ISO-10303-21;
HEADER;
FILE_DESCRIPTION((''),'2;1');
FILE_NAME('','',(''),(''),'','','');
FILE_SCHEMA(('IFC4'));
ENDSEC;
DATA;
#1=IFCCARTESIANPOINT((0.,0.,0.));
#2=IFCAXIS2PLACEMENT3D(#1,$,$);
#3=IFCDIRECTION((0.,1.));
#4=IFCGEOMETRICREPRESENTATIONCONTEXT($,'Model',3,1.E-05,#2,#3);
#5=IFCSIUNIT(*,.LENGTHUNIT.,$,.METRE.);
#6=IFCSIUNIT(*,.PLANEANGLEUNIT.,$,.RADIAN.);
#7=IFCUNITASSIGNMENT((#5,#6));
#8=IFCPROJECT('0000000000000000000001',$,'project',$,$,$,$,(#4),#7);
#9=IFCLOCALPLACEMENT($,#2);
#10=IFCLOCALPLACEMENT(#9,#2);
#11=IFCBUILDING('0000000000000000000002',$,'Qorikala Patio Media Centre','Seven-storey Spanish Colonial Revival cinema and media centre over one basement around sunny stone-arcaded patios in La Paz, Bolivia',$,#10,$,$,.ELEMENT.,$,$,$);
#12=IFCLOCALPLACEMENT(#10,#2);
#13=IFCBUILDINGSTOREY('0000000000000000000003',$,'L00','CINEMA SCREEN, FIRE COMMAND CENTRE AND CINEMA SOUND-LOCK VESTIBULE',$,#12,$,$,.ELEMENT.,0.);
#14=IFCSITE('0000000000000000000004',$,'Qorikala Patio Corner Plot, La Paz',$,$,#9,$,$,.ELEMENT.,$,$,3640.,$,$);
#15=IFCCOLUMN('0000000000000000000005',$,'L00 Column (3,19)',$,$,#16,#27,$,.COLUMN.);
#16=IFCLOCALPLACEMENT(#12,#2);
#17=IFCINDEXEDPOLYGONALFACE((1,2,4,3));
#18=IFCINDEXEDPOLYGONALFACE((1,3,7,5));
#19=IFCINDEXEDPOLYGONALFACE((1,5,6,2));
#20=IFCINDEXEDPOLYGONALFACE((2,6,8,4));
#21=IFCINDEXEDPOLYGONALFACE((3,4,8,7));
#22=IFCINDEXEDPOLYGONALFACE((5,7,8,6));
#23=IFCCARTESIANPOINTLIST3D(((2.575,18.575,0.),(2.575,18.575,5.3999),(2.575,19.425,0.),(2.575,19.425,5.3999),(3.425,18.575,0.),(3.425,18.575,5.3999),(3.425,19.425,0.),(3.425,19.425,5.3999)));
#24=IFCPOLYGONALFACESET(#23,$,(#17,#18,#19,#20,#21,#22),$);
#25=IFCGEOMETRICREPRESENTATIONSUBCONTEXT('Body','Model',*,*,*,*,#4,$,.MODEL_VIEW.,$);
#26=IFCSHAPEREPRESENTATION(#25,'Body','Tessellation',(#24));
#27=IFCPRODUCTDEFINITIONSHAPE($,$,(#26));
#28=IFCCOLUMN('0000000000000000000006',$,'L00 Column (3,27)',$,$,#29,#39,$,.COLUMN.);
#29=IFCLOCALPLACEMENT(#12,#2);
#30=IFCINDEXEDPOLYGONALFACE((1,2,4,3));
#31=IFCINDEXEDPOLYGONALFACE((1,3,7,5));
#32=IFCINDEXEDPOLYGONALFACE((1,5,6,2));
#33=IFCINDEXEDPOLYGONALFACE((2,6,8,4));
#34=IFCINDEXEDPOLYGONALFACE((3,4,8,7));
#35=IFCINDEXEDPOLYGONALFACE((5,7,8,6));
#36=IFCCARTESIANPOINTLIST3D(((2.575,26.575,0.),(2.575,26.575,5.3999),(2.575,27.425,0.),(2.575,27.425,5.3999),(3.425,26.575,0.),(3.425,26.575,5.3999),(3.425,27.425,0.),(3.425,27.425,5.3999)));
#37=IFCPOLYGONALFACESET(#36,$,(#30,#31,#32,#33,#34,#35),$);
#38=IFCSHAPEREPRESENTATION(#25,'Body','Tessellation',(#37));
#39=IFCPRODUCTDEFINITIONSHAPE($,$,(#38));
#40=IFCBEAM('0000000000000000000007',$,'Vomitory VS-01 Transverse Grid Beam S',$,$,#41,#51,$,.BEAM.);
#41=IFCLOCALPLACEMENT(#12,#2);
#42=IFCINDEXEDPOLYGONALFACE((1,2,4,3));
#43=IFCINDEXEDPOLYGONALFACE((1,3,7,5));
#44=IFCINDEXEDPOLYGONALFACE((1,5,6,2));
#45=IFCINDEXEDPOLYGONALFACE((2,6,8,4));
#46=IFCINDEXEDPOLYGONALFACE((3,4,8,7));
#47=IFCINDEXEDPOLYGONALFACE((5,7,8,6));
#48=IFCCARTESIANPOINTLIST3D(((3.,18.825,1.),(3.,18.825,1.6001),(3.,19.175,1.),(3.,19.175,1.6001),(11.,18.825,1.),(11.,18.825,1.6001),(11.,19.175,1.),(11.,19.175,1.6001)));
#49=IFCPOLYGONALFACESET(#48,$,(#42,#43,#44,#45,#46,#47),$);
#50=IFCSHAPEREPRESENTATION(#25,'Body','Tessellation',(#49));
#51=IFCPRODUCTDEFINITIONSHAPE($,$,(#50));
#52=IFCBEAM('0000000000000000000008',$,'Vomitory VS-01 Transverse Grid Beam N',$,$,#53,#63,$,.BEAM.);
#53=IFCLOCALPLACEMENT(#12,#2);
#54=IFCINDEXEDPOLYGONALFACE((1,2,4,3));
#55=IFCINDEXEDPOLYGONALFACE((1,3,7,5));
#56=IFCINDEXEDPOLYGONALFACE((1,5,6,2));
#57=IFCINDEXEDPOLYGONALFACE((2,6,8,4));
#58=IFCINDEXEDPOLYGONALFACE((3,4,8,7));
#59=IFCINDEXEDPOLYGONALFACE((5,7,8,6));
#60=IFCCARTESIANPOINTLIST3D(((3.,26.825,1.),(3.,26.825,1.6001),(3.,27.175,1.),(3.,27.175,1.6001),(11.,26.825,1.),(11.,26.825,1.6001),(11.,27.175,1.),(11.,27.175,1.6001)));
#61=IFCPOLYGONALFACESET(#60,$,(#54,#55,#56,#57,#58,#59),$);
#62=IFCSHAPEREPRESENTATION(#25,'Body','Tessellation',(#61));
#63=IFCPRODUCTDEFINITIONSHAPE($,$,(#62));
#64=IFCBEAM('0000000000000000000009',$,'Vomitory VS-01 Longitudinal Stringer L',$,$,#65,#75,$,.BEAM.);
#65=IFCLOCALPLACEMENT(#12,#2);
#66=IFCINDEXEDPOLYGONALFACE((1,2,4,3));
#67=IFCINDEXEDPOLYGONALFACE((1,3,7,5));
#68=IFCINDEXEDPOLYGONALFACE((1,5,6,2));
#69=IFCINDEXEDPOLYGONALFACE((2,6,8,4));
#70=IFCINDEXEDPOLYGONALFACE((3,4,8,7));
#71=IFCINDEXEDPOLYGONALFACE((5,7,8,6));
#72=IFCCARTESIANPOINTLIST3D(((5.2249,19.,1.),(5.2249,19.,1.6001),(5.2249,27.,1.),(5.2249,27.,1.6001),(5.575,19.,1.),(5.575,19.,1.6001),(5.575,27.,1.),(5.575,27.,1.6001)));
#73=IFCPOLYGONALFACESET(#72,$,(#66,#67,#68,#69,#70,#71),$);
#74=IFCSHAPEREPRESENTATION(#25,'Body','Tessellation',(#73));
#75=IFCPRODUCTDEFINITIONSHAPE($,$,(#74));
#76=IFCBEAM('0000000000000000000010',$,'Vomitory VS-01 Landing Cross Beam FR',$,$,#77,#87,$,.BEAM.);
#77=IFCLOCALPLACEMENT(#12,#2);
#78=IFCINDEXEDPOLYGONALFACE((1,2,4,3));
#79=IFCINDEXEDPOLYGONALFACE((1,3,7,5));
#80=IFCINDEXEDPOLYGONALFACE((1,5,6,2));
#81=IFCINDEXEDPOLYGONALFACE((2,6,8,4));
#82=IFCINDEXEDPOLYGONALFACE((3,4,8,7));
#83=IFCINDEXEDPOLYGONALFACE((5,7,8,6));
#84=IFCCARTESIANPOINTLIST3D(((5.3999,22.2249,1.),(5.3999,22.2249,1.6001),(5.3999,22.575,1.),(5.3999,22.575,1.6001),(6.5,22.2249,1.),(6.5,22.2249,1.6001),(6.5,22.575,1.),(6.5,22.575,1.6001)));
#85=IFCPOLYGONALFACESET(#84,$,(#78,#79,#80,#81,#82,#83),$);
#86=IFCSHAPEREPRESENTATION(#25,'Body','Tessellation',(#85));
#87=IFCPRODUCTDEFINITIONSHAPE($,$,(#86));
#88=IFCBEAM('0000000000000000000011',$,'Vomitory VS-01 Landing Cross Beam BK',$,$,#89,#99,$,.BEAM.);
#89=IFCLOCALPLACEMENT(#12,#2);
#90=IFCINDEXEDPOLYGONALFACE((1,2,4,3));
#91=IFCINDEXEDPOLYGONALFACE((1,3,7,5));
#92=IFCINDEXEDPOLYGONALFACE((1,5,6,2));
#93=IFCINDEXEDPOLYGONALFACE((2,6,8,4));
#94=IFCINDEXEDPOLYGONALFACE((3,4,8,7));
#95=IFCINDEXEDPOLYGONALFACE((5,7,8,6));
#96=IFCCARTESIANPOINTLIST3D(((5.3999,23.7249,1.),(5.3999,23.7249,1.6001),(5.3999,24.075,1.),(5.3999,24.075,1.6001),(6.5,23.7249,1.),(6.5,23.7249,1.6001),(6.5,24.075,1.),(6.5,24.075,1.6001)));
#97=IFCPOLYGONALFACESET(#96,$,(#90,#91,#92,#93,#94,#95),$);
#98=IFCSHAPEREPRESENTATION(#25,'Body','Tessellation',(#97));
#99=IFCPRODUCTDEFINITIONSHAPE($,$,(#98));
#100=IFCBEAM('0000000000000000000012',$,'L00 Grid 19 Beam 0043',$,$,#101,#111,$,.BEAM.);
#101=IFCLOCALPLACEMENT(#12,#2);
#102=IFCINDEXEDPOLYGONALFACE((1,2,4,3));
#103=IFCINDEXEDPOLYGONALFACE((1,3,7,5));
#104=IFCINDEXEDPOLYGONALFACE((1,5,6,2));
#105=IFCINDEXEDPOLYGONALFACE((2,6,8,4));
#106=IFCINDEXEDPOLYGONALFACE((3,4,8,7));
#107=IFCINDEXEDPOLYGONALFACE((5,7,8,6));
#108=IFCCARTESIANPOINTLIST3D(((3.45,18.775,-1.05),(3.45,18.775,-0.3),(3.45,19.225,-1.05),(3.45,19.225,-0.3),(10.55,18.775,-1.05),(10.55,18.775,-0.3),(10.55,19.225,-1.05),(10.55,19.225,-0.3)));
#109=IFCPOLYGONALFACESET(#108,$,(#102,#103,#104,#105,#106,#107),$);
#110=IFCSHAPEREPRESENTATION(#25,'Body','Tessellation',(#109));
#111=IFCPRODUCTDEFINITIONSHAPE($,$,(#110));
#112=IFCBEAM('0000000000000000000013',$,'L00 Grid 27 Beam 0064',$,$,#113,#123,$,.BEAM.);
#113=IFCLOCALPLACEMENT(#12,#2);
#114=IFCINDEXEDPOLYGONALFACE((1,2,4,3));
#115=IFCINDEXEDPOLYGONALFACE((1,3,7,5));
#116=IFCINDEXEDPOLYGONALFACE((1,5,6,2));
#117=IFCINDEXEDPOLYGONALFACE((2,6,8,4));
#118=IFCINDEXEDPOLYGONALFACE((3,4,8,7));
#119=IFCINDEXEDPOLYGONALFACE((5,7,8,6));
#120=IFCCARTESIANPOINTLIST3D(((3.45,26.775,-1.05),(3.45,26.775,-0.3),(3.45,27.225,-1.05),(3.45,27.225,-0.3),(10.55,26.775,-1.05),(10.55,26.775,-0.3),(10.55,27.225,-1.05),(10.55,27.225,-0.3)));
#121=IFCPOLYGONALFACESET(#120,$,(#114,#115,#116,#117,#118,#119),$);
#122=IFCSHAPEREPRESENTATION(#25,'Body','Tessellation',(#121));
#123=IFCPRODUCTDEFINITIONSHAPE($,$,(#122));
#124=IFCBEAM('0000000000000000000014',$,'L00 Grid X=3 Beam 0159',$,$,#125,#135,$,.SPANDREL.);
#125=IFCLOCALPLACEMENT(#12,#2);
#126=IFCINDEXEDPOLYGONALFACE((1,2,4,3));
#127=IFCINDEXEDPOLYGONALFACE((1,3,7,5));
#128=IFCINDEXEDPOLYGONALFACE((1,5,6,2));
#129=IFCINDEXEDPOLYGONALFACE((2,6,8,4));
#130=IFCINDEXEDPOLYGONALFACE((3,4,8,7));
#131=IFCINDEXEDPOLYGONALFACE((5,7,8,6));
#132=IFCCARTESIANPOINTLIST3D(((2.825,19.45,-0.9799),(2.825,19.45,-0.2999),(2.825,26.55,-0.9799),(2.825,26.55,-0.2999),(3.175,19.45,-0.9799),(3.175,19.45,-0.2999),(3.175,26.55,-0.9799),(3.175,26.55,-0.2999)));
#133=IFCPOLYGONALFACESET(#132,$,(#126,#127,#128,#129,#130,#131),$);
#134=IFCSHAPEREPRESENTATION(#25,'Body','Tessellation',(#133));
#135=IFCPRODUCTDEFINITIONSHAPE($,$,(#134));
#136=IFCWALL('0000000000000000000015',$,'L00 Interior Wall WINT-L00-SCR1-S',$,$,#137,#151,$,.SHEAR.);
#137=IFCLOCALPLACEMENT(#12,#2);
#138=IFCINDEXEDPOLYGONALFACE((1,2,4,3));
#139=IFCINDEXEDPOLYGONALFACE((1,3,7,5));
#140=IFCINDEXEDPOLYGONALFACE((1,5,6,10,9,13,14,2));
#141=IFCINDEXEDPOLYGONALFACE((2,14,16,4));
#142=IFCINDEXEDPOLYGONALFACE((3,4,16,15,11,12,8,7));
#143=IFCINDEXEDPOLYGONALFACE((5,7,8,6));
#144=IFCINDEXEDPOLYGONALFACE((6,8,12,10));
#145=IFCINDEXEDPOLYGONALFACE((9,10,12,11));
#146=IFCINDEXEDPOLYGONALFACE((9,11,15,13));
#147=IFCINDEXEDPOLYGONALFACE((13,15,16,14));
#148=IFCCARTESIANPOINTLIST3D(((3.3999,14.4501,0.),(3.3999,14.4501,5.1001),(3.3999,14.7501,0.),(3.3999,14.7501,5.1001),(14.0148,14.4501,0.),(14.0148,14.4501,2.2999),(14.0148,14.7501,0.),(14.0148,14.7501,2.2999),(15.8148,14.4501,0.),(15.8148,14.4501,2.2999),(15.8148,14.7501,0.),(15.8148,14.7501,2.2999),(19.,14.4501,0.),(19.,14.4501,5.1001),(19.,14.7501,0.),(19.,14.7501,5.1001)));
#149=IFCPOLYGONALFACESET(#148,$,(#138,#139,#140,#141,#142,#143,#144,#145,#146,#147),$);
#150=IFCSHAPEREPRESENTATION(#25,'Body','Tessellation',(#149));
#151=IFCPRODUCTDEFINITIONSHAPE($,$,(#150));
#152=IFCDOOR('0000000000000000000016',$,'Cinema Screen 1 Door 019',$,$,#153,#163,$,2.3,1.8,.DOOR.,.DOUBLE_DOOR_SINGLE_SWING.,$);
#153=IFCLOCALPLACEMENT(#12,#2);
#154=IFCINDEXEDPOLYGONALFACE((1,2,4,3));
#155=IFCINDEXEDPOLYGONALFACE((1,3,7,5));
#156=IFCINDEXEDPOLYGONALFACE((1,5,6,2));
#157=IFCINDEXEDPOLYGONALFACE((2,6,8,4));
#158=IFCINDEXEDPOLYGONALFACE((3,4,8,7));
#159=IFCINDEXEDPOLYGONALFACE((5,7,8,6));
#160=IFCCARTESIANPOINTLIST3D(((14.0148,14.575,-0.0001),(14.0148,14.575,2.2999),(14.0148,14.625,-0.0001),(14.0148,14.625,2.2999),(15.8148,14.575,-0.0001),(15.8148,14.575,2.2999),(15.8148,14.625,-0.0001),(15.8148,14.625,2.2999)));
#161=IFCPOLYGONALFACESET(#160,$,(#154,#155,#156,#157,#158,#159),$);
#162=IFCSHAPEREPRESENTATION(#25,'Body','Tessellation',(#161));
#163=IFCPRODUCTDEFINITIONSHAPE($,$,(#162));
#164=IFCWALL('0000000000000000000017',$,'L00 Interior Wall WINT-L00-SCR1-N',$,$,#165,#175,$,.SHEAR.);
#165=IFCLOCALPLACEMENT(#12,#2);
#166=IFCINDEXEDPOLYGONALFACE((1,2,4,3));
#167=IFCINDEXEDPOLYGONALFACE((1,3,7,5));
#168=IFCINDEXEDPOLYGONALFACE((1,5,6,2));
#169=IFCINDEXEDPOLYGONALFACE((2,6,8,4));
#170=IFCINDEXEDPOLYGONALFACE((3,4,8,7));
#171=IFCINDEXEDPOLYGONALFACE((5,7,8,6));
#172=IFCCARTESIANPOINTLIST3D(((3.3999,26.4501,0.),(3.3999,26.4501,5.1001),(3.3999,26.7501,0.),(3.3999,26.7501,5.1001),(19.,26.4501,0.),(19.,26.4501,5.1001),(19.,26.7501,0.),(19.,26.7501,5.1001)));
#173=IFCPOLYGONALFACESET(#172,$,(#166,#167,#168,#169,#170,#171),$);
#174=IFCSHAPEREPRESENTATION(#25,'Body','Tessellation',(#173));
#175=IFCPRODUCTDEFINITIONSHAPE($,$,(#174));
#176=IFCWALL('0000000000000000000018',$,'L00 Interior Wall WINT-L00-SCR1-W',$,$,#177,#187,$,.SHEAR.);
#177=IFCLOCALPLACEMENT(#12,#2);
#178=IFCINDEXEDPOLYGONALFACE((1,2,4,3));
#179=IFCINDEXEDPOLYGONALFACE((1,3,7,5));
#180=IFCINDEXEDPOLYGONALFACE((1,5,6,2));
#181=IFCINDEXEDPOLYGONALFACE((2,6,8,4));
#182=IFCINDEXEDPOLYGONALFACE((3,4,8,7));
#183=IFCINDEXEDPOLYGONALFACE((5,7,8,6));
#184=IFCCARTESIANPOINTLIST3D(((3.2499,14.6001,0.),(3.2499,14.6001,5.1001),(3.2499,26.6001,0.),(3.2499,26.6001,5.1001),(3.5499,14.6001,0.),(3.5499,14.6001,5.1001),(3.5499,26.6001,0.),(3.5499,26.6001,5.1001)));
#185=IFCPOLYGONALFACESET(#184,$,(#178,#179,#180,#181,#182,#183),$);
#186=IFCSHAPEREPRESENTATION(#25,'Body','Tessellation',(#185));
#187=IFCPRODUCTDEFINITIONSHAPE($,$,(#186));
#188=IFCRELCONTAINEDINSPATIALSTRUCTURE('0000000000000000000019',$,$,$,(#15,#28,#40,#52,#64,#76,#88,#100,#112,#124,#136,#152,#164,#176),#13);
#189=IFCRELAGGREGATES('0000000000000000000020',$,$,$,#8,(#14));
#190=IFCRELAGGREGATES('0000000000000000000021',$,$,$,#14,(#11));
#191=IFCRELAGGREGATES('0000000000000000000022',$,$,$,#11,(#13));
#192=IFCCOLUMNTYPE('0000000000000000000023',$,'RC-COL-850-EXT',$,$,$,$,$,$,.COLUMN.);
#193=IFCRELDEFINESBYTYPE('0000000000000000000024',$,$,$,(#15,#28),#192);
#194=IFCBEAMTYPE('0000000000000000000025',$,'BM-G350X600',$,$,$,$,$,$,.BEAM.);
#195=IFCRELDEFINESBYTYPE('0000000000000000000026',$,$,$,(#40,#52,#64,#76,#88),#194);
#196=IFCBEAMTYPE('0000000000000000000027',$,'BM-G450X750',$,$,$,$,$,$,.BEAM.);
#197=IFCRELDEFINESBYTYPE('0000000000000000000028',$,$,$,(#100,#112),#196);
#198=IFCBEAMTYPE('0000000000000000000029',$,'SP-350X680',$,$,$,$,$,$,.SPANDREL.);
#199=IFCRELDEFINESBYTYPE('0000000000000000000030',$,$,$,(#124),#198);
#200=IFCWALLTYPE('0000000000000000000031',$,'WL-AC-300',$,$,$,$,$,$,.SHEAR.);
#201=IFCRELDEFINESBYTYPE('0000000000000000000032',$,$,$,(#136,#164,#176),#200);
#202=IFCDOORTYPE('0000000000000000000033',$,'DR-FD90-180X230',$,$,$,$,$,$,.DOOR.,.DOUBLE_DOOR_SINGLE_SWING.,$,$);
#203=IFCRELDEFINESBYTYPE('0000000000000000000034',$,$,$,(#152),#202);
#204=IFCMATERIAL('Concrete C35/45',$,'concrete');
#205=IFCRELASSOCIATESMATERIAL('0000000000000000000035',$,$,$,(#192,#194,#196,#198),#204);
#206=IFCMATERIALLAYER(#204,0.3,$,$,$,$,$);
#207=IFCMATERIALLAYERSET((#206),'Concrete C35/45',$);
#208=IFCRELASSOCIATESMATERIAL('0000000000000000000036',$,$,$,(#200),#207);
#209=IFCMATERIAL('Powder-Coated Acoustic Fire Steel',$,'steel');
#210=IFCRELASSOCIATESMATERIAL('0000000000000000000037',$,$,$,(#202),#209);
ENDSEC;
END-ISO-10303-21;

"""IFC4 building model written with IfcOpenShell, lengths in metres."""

from ifc_helpers import new_model, si_unit, direction, frame, frame_2d, origin, origin_2d, place, context, subcontext, project, spatial, rectangle, extrude, material, layer, layer_set, material_profile, profile_set, type_object, element, fill, save


model = new_model("IFC4")

# Units and contexts
model_context = context("Model", 3, precision=1e-05, world=origin(), true_north=direction((0.0, 1.0)))
body_context = subcontext(model_context, "Body", "Model", "MODEL_VIEW")
ifc_project = project(units=[si_unit("LENGTHUNIT", "METRE"), si_unit("PLANEANGLEUNIT", "RADIAN")], contexts=[model_context])

# Site, building, storey
site_placement = place(None, origin())
site = spatial("IfcSite", under=ifc_project, at=site_placement, Name="Qorikala Patio Corner Plot, La Paz", CompositionType="ELEMENT", RefElevation=3640.0)
building_placement = place(site_placement, origin())
building = spatial("IfcBuilding", under=site, at=building_placement, Name="Qorikala Patio Media Centre", Description="Seven-storey Spanish Colonial Revival cinema and media centre over one basement around sunny stone-arcaded patios in La Paz, Bolivia", CompositionType="ELEMENT")
storey_placement = place(building_placement, origin())
storey = spatial("IfcBuildingStorey", under=building, at=storey_placement, Name="L00", Description="CINEMA SCREEN, FIRE COMMAND CENTRE AND CINEMA SOUND-LOCK VESTIBULE", CompositionType="ELEMENT", Elevation=0.0)

# Columns
ifc_material_1 = material(Name="Concrete C35/45", Category="concrete")
ifc_material_profile_1 = material_profile(ifc_material_1, rectangle(XDim=0.8501, YDim=0.8501, at=origin_2d()), Name="RC 850x850")
ifc_profile_set_1 = profile_set([ifc_material_profile_1], Name="Concrete C35/45")
column_type = type_object("IfcColumnType", Name="RC-COL-850-EXT", PredefinedType="COLUMN", material=ifc_profile_set_1)
for number, where, z_axis, x_axis, name in (
    (1, (3.0, 19.0, 0.0), (0.0, 0.0, 1.0), (1.0, 0.0, 0.0), "L00 Column (3,19)"),
    (2, (3.0, 27.0, 0.0), (0.0, 0.0, 1.0), (1.0, 0.0, 0.0), "L00 Column (3,27)"),
):
    element("IfcColumn", number, at=place(storey_placement, frame(where, z_axis=z_axis, x_axis=x_axis)), inside=storey, type_object=column_type, Name=name, PredefinedType="COLUMN", context=body_context, shape_type="SweptSolid", body=[
        extrude(rectangle(XDim=0.8501, YDim=0.8501, at=origin_2d()), origin(), (0.0, 0.0, 1.0), 5.3999),
    ])

# Beams
ifc_material_profile_2 = material_profile(ifc_material_1, rectangle(XDim=0.3501, YDim=0.6001, at=origin_2d()), Name="RC 350x600")
ifc_profile_set_2 = profile_set([ifc_material_profile_2], Name="Concrete C35/45")
beam_type_1 = type_object("IfcBeamType", Name="BM-G350X600", PredefinedType="BEAM", material=ifc_profile_set_2)
for number, where, z_axis, x_axis, name in (
    (3, (3.0, 19.0, 1.3), (1.0, 0.0, 0.0), (0.0, 1.0, 0.0), "Vomitory VS-01 Transverse Grid Beam S"),
    (4, (3.0, 27.0, 1.3), (1.0, 0.0, 0.0), (0.0, 1.0, 0.0), "Vomitory VS-01 Transverse Grid Beam N"),
    (5, (5.3999, 19.0, 1.3), (0.0, 1.0, 0.0), (-1.0, 0.0, 0.0), "Vomitory VS-01 Longitudinal Stringer L"),
):
    element("IfcBeam", number, at=place(storey_placement, frame(where, z_axis=z_axis, x_axis=x_axis)), inside=storey, type_object=beam_type_1, Name=name, PredefinedType="BEAM", context=body_context, shape_type="SweptSolid", body=[
        extrude(rectangle(XDim=0.3501, YDim=0.6001, at=origin_2d()), origin(), (0.0, 0.0, 1.0), 8.0),
    ])
for number, where, z_axis, x_axis, name in (
    (6, (5.3999, 22.3999, 1.3), (1.0, 0.0, 0.0), (0.0, 1.0, 0.0), "Vomitory VS-01 Landing Cross Beam FR"),
    (7, (5.3999, 23.8999, 1.3), (1.0, 0.0, 0.0), (0.0, 1.0, 0.0), "Vomitory VS-01 Landing Cross Beam BK"),
):
    element("IfcBeam", number, at=place(storey_placement, frame(where, z_axis=z_axis, x_axis=x_axis)), inside=storey, type_object=beam_type_1, Name=name, PredefinedType="BEAM", context=body_context, shape_type="SweptSolid", body=[
        extrude(rectangle(XDim=0.3501, YDim=0.6001, at=origin_2d()), origin(), (0.0, 0.0, 1.0), 1.1001),
    ])
ifc_material_profile_3 = material_profile(ifc_material_1, rectangle(XDim=0.45, YDim=0.75, at=origin_2d()), Name="RC 450x750")
ifc_profile_set_3 = profile_set([ifc_material_profile_3], Name="Concrete C35/45")
beam_type_2 = type_object("IfcBeamType", Name="BM-G450X750", PredefinedType="BEAM", material=ifc_profile_set_3)
for number, where, z_axis, x_axis, name in (
    (8, (3.45, 19.0, -0.675), (1.0, 0.0, 0.0), (0.0, 1.0, 0.0), "L00 Grid 19 Beam 0043"),
    (9, (3.45, 27.0, -0.675), (1.0, 0.0, 0.0), (0.0, 1.0, 0.0), "L00 Grid 27 Beam 0064"),
):
    element("IfcBeam", number, at=place(storey_placement, frame(where, z_axis=z_axis, x_axis=x_axis)), inside=storey, type_object=beam_type_2, Name=name, PredefinedType="BEAM", context=body_context, shape_type="SweptSolid", body=[
        extrude(rectangle(XDim=0.45, YDim=0.75, at=origin_2d()), origin(), (0.0, 0.0, 1.0), 7.1001),
    ])
ifc_material_profile_4 = material_profile(ifc_material_1, rectangle(XDim=0.3501, YDim=0.6799, at=origin_2d()), Name="RC 350x680")
ifc_profile_set_4 = profile_set([ifc_material_profile_4], Name="Concrete C35/45")
beam_type_3 = type_object("IfcBeamType", Name="SP-350X680", PredefinedType="SPANDREL", material=ifc_profile_set_4)
beam_placement = place(storey_placement, frame((3.0, 19.45, -0.6399), z_axis=(0.0, 1.0, 0.0), x_axis=(-1.0, 0.0, 0.0)))
element("IfcBeam", 10, at=beam_placement, inside=storey, type_object=beam_type_3, Name="L00 Grid X=3 Beam 0159", PredefinedType="SPANDREL", context=body_context, shape_type="SweptSolid", body=[
    extrude(rectangle(XDim=0.3501, YDim=0.6799, at=origin_2d()), origin(), (0.0, 0.0, 1.0), 7.1001),
])

# Wall, opening, door
ifc_layer_1 = layer(ifc_material_1, 0.3)
ifc_layer_set_1 = layer_set([ifc_layer_1], Name="Concrete C35/45")
wall_type_1 = type_object("IfcWallType", Name="WL-AC-300", PredefinedType="SHEAR", material=ifc_layer_set_1)
wall_1_placement = place(storey_placement, frame((3.3999, 14.6001, 0.0), z_axis=(0.0, 0.0, 1.0), x_axis=(1.0, 0.0, 0.0)))
wall_1 = element("IfcWall", 11, at=wall_1_placement, inside=storey, type_object=wall_type_1, Name="L00 Interior Wall WINT-L00-SCR1-S", PredefinedType="SHEAR", context=body_context, shape_type="SweptSolid", body=[
    extrude(rectangle(XDim=15.6001, YDim=0.3, at=frame_2d((7.8, 0.0))), origin(), (0.0, 0.0, 1.0), 5.1001),
])
opening_1_placement = place(wall_1_placement, frame((10.615, 0.0, 0.0)))
opening_1 = element("IfcOpeningElement", 12, at=opening_1_placement, cuts=wall_1, PredefinedType="OPENING", context=body_context, shape_type="SweptSolid", body=[
    extrude(rectangle(XDim=1.8, YDim=2.3, at=frame_2d((0.8999, 1.1499))), frame((0.0, 0.1599, 0.0), z_axis=(0.0, -1.0, 0.0), x_axis=(1.0, 0.0, 0.0)), (0.0, 0.0, 1.0), 0.3201),
])
ifc_material_2 = material(Name="Powder-Coated Acoustic Fire Steel", Category="steel")
door_type_1 = type_object("IfcDoorType", Name="DR-FD90-180X230", OperationType="DOUBLE_DOOR_SINGLE_SWING", PredefinedType="DOOR", material=ifc_material_2)
door_1_placement = place(opening_1_placement, origin())
door_1 = element("IfcDoor", 13, at=door_1_placement, inside=storey, type_object=door_type_1, Name="Cinema Screen 1 Door 019", OperationType="DOUBLE_DOOR_SINGLE_SWING", OverallHeight=2.3, OverallWidth=1.8, PredefinedType="DOOR", context=body_context, shape_type="SweptSolid", body=[
    extrude(rectangle(XDim=1.8, YDim=2.3, at=frame_2d((0.8999, 1.1499))), frame((0.0, 0.0249, 0.0), z_axis=(0.0, -1.0, 0.0), x_axis=(1.0, 0.0, 0.0)), (0.0, 0.0, 1.0), 0.05),
])
fill(opening_1, door_1)

# Walls
wall_2_placement = place(storey_placement, frame((3.3999, 26.6001, 0.0), z_axis=(0.0, 0.0, 1.0), x_axis=(1.0, 0.0, 0.0)))
element("IfcWall", 14, at=wall_2_placement, inside=storey, type_object=wall_type_1, Name="L00 Interior Wall WINT-L00-SCR1-N", PredefinedType="SHEAR", context=body_context, shape_type="SweptSolid", body=[
    extrude(rectangle(XDim=15.6001, YDim=0.3, at=frame_2d((7.8, 0.0))), origin(), (0.0, 0.0, 1.0), 5.1001),
])
wall_3_placement = place(storey_placement, frame((3.3999, 14.6001, 0.0), z_axis=(0.0, 0.0, 1.0), x_axis=(0.0, 1.0, 0.0)))
element("IfcWall", 15, at=wall_3_placement, inside=storey, type_object=wall_type_1, Name="L00 Interior Wall WINT-L00-SCR1-W", PredefinedType="SHEAR", context=body_context, shape_type="SweptSolid", body=[
    extrude(rectangle(XDim=12.0, YDim=0.3, at=frame_2d((6.0, 0.0))), origin(), (0.0, 0.0, 1.0), 5.1001),
])

save(model, "model.ifc")
